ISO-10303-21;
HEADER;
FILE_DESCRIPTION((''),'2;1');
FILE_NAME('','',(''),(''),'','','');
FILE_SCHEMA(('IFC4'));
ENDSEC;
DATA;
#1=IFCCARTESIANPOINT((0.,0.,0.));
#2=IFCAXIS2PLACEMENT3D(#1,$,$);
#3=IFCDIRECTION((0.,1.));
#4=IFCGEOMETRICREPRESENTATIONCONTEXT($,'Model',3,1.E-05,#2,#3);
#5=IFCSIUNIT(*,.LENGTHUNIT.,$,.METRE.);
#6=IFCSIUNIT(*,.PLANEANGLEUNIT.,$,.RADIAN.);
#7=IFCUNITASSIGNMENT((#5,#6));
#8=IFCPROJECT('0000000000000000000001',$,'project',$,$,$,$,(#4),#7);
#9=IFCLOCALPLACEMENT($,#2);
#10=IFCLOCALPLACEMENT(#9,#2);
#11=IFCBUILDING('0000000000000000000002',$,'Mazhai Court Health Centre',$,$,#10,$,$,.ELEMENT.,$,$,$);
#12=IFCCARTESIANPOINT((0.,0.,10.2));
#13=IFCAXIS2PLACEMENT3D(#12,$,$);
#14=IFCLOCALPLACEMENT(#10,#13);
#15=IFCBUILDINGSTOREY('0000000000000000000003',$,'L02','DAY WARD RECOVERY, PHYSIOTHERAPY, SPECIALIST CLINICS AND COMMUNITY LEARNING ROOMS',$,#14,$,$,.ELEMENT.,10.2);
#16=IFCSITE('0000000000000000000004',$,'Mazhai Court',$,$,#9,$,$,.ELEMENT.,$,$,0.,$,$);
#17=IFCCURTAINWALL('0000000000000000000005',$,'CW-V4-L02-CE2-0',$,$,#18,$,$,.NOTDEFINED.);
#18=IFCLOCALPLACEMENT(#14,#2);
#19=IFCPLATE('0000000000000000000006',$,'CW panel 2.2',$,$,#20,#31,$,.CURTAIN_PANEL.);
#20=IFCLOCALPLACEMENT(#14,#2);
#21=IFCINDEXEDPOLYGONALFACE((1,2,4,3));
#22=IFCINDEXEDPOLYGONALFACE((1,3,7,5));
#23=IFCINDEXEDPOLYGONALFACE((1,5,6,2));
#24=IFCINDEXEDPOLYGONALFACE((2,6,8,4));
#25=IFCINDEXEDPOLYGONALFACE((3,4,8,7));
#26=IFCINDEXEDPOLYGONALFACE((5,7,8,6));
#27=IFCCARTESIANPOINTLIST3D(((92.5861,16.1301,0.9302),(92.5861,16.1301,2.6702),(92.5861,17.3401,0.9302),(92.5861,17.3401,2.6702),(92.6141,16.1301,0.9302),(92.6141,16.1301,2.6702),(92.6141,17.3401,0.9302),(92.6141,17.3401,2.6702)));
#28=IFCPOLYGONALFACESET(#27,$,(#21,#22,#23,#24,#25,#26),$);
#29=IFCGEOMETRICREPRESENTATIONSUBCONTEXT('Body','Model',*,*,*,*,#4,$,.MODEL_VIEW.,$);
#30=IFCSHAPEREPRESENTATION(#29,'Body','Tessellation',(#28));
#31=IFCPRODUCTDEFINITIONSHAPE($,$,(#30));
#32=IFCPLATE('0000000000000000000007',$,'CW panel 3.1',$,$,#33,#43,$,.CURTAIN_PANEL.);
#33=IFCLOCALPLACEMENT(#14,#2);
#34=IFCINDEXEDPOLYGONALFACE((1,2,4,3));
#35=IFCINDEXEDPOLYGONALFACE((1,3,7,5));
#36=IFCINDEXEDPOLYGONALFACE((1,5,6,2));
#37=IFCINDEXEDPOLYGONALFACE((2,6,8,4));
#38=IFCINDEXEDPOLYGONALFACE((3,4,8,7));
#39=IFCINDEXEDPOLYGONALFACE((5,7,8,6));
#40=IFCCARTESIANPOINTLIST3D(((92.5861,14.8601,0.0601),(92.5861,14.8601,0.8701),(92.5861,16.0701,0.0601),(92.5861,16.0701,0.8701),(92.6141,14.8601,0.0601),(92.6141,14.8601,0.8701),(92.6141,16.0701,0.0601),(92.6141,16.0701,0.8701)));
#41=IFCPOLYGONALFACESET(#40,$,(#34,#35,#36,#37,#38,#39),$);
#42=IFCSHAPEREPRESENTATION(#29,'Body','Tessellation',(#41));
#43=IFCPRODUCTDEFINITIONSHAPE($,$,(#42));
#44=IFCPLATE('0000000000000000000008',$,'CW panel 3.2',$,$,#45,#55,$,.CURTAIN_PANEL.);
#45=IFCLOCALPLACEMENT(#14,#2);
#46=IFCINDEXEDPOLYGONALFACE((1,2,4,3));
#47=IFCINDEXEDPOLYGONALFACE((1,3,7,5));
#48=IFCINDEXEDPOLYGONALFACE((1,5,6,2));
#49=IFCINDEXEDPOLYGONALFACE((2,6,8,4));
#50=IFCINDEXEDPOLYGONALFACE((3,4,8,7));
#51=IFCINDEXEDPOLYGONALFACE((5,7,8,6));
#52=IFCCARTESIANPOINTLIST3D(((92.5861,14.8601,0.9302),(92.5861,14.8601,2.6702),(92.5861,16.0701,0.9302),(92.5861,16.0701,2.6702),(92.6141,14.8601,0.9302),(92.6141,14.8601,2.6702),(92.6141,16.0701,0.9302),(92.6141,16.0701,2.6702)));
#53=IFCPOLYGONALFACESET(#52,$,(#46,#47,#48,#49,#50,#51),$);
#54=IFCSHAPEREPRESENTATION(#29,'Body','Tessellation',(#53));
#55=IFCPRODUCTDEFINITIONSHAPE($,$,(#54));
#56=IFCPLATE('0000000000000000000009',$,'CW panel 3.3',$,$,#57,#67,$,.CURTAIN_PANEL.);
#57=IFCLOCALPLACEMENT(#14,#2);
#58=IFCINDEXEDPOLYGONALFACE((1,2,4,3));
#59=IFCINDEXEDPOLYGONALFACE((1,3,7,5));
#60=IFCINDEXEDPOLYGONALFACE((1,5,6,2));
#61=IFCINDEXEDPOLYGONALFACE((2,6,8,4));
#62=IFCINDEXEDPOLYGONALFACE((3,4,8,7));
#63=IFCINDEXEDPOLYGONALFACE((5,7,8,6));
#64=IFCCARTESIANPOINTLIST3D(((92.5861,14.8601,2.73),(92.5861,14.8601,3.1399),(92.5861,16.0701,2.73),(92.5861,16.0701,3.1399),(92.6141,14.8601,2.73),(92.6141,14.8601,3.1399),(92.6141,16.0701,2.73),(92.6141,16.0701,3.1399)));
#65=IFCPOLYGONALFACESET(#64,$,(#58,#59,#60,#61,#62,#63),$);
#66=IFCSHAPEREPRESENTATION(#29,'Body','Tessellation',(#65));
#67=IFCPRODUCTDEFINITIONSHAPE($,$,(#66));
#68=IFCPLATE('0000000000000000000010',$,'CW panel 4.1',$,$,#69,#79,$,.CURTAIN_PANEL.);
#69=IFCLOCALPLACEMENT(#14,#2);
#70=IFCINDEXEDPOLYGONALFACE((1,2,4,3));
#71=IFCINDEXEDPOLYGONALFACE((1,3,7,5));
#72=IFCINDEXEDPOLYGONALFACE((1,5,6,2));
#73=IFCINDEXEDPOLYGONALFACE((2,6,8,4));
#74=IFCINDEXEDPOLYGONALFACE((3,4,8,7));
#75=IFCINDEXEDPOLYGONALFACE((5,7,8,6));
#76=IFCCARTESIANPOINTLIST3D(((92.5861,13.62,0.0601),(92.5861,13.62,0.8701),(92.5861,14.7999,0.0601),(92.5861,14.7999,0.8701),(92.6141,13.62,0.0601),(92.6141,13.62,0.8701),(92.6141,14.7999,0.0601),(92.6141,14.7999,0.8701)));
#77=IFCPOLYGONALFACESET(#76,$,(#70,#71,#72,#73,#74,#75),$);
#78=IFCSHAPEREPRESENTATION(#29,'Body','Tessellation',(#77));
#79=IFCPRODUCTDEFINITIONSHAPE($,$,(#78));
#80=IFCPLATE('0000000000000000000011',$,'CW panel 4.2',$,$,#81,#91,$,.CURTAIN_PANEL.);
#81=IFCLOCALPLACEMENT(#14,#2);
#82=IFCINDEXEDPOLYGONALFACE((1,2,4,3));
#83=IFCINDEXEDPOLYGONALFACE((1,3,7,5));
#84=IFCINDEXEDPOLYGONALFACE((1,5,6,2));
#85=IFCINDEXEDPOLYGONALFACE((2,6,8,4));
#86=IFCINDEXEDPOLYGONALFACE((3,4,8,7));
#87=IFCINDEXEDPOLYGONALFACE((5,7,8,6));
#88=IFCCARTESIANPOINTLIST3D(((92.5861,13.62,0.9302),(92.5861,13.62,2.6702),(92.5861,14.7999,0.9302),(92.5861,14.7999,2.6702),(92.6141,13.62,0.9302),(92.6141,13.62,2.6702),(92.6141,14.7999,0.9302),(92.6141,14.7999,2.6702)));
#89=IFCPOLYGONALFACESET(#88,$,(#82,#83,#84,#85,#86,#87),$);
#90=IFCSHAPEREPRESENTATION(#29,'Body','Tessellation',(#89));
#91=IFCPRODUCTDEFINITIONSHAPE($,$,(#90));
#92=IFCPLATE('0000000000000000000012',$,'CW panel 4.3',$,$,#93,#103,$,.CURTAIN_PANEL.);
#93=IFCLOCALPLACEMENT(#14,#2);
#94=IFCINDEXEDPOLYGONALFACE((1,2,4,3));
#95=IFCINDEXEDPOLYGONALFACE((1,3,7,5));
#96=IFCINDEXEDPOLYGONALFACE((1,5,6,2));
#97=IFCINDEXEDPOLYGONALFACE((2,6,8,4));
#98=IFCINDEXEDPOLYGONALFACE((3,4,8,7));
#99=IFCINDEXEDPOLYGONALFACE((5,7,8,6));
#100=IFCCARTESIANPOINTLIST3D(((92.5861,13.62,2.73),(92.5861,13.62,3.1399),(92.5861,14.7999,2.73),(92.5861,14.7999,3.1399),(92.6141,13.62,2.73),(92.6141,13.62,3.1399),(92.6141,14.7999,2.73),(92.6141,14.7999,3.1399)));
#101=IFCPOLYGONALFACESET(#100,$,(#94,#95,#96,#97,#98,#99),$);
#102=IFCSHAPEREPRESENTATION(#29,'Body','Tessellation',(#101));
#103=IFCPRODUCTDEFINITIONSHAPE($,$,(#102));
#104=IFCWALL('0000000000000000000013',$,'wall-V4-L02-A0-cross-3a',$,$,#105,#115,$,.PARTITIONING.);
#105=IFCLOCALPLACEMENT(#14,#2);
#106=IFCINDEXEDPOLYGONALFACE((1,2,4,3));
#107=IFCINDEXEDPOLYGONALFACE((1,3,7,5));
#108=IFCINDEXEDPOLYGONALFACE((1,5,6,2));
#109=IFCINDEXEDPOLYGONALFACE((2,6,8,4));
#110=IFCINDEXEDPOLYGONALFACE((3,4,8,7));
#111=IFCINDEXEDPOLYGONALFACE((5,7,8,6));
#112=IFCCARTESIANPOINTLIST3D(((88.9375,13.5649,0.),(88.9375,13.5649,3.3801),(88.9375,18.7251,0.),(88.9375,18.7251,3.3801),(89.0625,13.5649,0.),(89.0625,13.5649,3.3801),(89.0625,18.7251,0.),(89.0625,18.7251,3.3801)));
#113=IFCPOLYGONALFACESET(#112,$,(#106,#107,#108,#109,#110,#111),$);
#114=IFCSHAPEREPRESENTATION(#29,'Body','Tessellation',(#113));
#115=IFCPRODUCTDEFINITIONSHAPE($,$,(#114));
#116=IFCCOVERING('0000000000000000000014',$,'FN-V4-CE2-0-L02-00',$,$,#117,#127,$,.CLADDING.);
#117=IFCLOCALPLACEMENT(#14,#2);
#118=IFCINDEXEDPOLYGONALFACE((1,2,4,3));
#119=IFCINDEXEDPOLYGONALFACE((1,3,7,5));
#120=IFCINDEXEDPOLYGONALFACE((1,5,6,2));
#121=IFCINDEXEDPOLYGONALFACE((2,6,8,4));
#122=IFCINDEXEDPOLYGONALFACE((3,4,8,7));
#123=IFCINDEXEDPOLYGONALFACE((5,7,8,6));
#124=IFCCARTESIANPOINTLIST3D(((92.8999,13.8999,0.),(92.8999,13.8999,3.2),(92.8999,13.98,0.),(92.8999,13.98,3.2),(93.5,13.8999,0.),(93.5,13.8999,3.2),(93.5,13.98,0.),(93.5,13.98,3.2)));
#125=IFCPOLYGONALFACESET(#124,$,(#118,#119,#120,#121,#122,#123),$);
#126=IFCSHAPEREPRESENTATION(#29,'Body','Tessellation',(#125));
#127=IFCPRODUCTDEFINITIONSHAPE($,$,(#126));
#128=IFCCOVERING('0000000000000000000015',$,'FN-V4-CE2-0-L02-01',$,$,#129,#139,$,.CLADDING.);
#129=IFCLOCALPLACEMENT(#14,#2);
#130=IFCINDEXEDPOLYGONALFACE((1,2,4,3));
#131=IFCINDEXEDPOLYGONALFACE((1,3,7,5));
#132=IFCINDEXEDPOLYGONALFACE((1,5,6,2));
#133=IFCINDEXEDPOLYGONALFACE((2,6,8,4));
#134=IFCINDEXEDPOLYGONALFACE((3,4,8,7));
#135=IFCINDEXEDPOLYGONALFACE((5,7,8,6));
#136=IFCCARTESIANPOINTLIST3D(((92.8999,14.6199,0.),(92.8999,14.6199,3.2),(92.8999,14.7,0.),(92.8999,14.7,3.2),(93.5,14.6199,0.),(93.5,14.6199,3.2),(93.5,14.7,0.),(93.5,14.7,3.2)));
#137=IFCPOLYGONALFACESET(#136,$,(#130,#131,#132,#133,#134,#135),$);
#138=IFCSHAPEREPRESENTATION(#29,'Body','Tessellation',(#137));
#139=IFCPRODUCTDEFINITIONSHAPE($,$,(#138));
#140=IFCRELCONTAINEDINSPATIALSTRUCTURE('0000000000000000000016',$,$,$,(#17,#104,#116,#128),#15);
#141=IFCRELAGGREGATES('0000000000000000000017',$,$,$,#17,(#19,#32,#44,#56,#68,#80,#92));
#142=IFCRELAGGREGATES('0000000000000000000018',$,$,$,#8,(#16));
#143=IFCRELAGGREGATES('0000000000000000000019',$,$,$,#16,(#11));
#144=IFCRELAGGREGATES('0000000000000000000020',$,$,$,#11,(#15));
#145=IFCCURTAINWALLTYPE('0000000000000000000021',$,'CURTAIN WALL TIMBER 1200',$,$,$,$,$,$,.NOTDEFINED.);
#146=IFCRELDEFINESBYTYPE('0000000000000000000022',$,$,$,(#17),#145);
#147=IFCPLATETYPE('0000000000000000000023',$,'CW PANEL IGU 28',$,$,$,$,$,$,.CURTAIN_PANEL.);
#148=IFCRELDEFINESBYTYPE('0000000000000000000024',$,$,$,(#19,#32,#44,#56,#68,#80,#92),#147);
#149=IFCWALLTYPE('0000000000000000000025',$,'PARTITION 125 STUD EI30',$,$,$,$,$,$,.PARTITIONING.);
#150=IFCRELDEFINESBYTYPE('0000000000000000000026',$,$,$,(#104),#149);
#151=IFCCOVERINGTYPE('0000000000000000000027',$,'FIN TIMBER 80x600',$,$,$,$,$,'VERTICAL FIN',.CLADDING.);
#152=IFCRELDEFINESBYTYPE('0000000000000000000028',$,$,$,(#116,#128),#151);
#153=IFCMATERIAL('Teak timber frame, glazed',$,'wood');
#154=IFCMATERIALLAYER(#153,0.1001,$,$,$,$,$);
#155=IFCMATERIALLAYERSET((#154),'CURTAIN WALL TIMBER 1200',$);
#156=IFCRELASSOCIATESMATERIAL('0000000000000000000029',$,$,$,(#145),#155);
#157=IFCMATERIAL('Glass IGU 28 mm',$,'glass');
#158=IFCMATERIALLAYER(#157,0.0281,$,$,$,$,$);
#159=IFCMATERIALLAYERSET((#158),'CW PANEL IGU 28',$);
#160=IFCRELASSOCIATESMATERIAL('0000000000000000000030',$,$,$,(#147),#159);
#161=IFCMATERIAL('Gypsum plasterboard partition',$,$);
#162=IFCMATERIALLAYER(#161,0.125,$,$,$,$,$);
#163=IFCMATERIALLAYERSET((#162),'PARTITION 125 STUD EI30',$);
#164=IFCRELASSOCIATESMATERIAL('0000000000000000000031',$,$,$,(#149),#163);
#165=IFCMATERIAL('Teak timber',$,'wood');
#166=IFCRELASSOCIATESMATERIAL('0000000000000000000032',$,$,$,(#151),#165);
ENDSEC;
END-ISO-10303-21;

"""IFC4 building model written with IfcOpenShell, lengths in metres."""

from ifc_helpers import new_model, si_unit, direction, frame, frame_2d, origin, origin_2d, place, context, subcontext, project, spatial, rectangle, extrude, material, layer, layer_set, type_object, element, aggregate, save


model = new_model("IFC4")

# Units and contexts
model_context = context("Model", 3, precision=1e-05, world=origin(), true_north=direction((0.0, 1.0)))
body_context = subcontext(model_context, "Body", "Model", "MODEL_VIEW")
ifc_project = project(units=[si_unit("LENGTHUNIT", "METRE"), si_unit("PLANEANGLEUNIT", "RADIAN")], contexts=[model_context])

# Site, building, storey
site_placement = place(None, origin())
site = spatial("IfcSite", under=ifc_project, at=site_placement, Name="Mazhai Court", CompositionType="ELEMENT", RefElevation=0.0)
building_placement = place(site_placement, origin())
building = spatial("IfcBuilding", under=site, at=building_placement, Name="Mazhai Court Health Centre", CompositionType="ELEMENT")
storey_placement = place(building_placement, frame((0.0, 0.0, 10.2)))
storey = spatial("IfcBuildingStorey", under=building, at=storey_placement, Name="L02", Description="DAY WARD RECOVERY, PHYSIOTHERAPY, SPECIALIST CLINICS AND COMMUNITY LEARNING ROOMS", CompositionType="ELEMENT", Elevation=10.2)

# Curtain wall
ifc_material_1 = material(Name="Teak timber frame, glazed", Category="wood")
ifc_layer_1 = layer(ifc_material_1, 0.1001)
ifc_layer_set_1 = layer_set([ifc_layer_1], Name="CURTAIN WALL TIMBER 1200")
curtain_wall_type = type_object("IfcCurtainWallType", Name="CURTAIN WALL TIMBER 1200", PredefinedType="NOTDEFINED", material=ifc_layer_set_1)
curtain_wall_placement = place(storey_placement, origin())
curtain_wall = element("IfcCurtainWall", 1, at=curtain_wall_placement, inside=storey, type_object=curtain_wall_type, Name="CW-V4-L02-CE2-0", PredefinedType="NOTDEFINED")

# Plates
ifc_material_2 = material(Name="Glass IGU 28 mm", Category="glass")
ifc_layer_2 = layer(ifc_material_2, 0.0281)
ifc_layer_set_2 = layer_set([ifc_layer_2], Name="CW PANEL IGU 28")
plate_type = type_object("IfcPlateType", Name="CW PANEL IGU 28", PredefinedType="CURTAIN_PANEL", material=ifc_layer_set_2)
plate_1_placement = place(storey_placement, frame((92.6001, 16.7351, 0.9302), z_axis=(0.0, 0.0, 1.0), x_axis=(0.0, -1.0, 0.0)))
plate_1 = element("IfcPlate", 2, at=plate_1_placement, type_object=plate_type, Name="CW panel 2.2", PredefinedType="CURTAIN_PANEL", context=body_context, shape_type="SweptSolid", body=[
    extrude(rectangle(XDim=1.21, YDim=0.0281, at=origin_2d()), origin(), (0.0, 0.0, 1.0), 1.74),
])
plate_2_placement = place(storey_placement, frame((92.6001, 15.4651, 0.0601), z_axis=(0.0, 0.0, 1.0), x_axis=(0.0, -1.0, 0.0)))
plate_2 = element("IfcPlate", 3, at=plate_2_placement, type_object=plate_type, Name="CW panel 3.1", PredefinedType="CURTAIN_PANEL", context=body_context, shape_type="SweptSolid", body=[
    extrude(rectangle(XDim=1.21, YDim=0.0281, at=origin_2d()), origin(), (0.0, 0.0, 1.0), 0.8101),
])
plate_3_placement = place(storey_placement, frame((92.6001, 15.4651, 0.9302), z_axis=(0.0, 0.0, 1.0), x_axis=(0.0, -1.0, 0.0)))
plate_3 = element("IfcPlate", 4, at=plate_3_placement, type_object=plate_type, Name="CW panel 3.2", PredefinedType="CURTAIN_PANEL", context=body_context, shape_type="SweptSolid", body=[
    extrude(rectangle(XDim=1.21, YDim=0.0281, at=origin_2d()), origin(), (0.0, 0.0, 1.0), 1.74),
])
plate_4_placement = place(storey_placement, frame((92.6001, 15.4651, 2.73), z_axis=(0.0, 0.0, 1.0), x_axis=(0.0, -1.0, 0.0)))
plate_4 = element("IfcPlate", 5, at=plate_4_placement, type_object=plate_type, Name="CW panel 3.3", PredefinedType="CURTAIN_PANEL", context=body_context, shape_type="SweptSolid", body=[
    extrude(rectangle(XDim=1.21, YDim=0.0281, at=origin_2d()), origin(), (0.0, 0.0, 1.0), 0.4099),
])
plate_5_placement = place(storey_placement, frame((92.6001, 14.21, 0.0601), z_axis=(0.0, 0.0, 1.0), x_axis=(0.0, -1.0, 0.0)))
plate_5 = element("IfcPlate", 6, at=plate_5_placement, type_object=plate_type, Name="CW panel 4.1", PredefinedType="CURTAIN_PANEL", context=body_context, shape_type="SweptSolid", body=[
    extrude(rectangle(XDim=1.1799, YDim=0.0281, at=origin_2d()), origin(), (0.0, 0.0, 1.0), 0.8101),
])
plate_6_placement = place(storey_placement, frame((92.6001, 14.21, 0.9302), z_axis=(0.0, 0.0, 1.0), x_axis=(0.0, -1.0, 0.0)))
plate_6 = element("IfcPlate", 7, at=plate_6_placement, type_object=plate_type, Name="CW panel 4.2", PredefinedType="CURTAIN_PANEL", context=body_context, shape_type="SweptSolid", body=[
    extrude(rectangle(XDim=1.1799, YDim=0.0281, at=origin_2d()), origin(), (0.0, 0.0, 1.0), 1.74),
])
plate_7_placement = place(storey_placement, frame((92.6001, 14.21, 2.73), z_axis=(0.0, 0.0, 1.0), x_axis=(0.0, -1.0, 0.0)))
plate_7 = element("IfcPlate", 8, at=plate_7_placement, type_object=plate_type, Name="CW panel 4.3", PredefinedType="CURTAIN_PANEL", context=body_context, shape_type="SweptSolid", body=[
    extrude(rectangle(XDim=1.1799, YDim=0.0281, at=origin_2d()), origin(), (0.0, 0.0, 1.0), 0.4099),
])
aggregate(curtain_wall, [plate_1, plate_2, plate_3, plate_4, plate_5, plate_6, plate_7])

# Wall
ifc_material_3 = material(Name="Gypsum plasterboard partition")
ifc_layer_3 = layer(ifc_material_3, 0.125)
ifc_layer_set_3 = layer_set([ifc_layer_3], Name="PARTITION 125 STUD EI30")
wall_type = type_object("IfcWallType", Name="PARTITION 125 STUD EI30", PredefinedType="PARTITIONING", material=ifc_layer_set_3)
wall_placement = place(storey_placement, frame((89.0, 13.5649, 0.0), z_axis=(0.0, 0.0, 1.0), x_axis=(0.0, 1.0, 0.0)))
element("IfcWall", 9, at=wall_placement, inside=storey, type_object=wall_type, Name="wall-V4-L02-A0-cross-3a", PredefinedType="PARTITIONING", context=body_context, shape_type="SweptSolid", body=[
    extrude(rectangle(XDim=5.1602, YDim=0.125, at=frame_2d((2.5801, 0.0))), origin(), (0.0, 0.0, 1.0), 3.3801),
])

# Coverings
ifc_material_4 = material(Name="Teak timber", Category="wood")
covering_type = type_object("IfcCoveringType", Name="FIN TIMBER 80x600", ElementType="VERTICAL FIN", PredefinedType="CLADDING", material=ifc_material_4)
for number, where, z_axis, x_axis, name in (
    (10, (93.2, 13.9399, 0.0), (0.0, 0.0, 1.0), (0.0, 1.0, 0.0), "FN-V4-CE2-0-L02-00"),
    (11, (93.2, 14.6599, 0.0), (0.0, 0.0, 1.0), (0.0, 1.0, 0.0), "FN-V4-CE2-0-L02-01"),
):
    element("IfcCovering", number, at=place(storey_placement, frame(where, z_axis=z_axis, x_axis=x_axis)), inside=storey, type_object=covering_type, Name=name, PredefinedType="CLADDING", context=body_context, shape_type="SweptSolid", body=[
        extrude(rectangle(XDim=0.0801, YDim=0.6001, at=origin_2d()), origin(), (0.0, 0.0, 1.0), 3.2),
    ])

save(model, "model.ifc")
